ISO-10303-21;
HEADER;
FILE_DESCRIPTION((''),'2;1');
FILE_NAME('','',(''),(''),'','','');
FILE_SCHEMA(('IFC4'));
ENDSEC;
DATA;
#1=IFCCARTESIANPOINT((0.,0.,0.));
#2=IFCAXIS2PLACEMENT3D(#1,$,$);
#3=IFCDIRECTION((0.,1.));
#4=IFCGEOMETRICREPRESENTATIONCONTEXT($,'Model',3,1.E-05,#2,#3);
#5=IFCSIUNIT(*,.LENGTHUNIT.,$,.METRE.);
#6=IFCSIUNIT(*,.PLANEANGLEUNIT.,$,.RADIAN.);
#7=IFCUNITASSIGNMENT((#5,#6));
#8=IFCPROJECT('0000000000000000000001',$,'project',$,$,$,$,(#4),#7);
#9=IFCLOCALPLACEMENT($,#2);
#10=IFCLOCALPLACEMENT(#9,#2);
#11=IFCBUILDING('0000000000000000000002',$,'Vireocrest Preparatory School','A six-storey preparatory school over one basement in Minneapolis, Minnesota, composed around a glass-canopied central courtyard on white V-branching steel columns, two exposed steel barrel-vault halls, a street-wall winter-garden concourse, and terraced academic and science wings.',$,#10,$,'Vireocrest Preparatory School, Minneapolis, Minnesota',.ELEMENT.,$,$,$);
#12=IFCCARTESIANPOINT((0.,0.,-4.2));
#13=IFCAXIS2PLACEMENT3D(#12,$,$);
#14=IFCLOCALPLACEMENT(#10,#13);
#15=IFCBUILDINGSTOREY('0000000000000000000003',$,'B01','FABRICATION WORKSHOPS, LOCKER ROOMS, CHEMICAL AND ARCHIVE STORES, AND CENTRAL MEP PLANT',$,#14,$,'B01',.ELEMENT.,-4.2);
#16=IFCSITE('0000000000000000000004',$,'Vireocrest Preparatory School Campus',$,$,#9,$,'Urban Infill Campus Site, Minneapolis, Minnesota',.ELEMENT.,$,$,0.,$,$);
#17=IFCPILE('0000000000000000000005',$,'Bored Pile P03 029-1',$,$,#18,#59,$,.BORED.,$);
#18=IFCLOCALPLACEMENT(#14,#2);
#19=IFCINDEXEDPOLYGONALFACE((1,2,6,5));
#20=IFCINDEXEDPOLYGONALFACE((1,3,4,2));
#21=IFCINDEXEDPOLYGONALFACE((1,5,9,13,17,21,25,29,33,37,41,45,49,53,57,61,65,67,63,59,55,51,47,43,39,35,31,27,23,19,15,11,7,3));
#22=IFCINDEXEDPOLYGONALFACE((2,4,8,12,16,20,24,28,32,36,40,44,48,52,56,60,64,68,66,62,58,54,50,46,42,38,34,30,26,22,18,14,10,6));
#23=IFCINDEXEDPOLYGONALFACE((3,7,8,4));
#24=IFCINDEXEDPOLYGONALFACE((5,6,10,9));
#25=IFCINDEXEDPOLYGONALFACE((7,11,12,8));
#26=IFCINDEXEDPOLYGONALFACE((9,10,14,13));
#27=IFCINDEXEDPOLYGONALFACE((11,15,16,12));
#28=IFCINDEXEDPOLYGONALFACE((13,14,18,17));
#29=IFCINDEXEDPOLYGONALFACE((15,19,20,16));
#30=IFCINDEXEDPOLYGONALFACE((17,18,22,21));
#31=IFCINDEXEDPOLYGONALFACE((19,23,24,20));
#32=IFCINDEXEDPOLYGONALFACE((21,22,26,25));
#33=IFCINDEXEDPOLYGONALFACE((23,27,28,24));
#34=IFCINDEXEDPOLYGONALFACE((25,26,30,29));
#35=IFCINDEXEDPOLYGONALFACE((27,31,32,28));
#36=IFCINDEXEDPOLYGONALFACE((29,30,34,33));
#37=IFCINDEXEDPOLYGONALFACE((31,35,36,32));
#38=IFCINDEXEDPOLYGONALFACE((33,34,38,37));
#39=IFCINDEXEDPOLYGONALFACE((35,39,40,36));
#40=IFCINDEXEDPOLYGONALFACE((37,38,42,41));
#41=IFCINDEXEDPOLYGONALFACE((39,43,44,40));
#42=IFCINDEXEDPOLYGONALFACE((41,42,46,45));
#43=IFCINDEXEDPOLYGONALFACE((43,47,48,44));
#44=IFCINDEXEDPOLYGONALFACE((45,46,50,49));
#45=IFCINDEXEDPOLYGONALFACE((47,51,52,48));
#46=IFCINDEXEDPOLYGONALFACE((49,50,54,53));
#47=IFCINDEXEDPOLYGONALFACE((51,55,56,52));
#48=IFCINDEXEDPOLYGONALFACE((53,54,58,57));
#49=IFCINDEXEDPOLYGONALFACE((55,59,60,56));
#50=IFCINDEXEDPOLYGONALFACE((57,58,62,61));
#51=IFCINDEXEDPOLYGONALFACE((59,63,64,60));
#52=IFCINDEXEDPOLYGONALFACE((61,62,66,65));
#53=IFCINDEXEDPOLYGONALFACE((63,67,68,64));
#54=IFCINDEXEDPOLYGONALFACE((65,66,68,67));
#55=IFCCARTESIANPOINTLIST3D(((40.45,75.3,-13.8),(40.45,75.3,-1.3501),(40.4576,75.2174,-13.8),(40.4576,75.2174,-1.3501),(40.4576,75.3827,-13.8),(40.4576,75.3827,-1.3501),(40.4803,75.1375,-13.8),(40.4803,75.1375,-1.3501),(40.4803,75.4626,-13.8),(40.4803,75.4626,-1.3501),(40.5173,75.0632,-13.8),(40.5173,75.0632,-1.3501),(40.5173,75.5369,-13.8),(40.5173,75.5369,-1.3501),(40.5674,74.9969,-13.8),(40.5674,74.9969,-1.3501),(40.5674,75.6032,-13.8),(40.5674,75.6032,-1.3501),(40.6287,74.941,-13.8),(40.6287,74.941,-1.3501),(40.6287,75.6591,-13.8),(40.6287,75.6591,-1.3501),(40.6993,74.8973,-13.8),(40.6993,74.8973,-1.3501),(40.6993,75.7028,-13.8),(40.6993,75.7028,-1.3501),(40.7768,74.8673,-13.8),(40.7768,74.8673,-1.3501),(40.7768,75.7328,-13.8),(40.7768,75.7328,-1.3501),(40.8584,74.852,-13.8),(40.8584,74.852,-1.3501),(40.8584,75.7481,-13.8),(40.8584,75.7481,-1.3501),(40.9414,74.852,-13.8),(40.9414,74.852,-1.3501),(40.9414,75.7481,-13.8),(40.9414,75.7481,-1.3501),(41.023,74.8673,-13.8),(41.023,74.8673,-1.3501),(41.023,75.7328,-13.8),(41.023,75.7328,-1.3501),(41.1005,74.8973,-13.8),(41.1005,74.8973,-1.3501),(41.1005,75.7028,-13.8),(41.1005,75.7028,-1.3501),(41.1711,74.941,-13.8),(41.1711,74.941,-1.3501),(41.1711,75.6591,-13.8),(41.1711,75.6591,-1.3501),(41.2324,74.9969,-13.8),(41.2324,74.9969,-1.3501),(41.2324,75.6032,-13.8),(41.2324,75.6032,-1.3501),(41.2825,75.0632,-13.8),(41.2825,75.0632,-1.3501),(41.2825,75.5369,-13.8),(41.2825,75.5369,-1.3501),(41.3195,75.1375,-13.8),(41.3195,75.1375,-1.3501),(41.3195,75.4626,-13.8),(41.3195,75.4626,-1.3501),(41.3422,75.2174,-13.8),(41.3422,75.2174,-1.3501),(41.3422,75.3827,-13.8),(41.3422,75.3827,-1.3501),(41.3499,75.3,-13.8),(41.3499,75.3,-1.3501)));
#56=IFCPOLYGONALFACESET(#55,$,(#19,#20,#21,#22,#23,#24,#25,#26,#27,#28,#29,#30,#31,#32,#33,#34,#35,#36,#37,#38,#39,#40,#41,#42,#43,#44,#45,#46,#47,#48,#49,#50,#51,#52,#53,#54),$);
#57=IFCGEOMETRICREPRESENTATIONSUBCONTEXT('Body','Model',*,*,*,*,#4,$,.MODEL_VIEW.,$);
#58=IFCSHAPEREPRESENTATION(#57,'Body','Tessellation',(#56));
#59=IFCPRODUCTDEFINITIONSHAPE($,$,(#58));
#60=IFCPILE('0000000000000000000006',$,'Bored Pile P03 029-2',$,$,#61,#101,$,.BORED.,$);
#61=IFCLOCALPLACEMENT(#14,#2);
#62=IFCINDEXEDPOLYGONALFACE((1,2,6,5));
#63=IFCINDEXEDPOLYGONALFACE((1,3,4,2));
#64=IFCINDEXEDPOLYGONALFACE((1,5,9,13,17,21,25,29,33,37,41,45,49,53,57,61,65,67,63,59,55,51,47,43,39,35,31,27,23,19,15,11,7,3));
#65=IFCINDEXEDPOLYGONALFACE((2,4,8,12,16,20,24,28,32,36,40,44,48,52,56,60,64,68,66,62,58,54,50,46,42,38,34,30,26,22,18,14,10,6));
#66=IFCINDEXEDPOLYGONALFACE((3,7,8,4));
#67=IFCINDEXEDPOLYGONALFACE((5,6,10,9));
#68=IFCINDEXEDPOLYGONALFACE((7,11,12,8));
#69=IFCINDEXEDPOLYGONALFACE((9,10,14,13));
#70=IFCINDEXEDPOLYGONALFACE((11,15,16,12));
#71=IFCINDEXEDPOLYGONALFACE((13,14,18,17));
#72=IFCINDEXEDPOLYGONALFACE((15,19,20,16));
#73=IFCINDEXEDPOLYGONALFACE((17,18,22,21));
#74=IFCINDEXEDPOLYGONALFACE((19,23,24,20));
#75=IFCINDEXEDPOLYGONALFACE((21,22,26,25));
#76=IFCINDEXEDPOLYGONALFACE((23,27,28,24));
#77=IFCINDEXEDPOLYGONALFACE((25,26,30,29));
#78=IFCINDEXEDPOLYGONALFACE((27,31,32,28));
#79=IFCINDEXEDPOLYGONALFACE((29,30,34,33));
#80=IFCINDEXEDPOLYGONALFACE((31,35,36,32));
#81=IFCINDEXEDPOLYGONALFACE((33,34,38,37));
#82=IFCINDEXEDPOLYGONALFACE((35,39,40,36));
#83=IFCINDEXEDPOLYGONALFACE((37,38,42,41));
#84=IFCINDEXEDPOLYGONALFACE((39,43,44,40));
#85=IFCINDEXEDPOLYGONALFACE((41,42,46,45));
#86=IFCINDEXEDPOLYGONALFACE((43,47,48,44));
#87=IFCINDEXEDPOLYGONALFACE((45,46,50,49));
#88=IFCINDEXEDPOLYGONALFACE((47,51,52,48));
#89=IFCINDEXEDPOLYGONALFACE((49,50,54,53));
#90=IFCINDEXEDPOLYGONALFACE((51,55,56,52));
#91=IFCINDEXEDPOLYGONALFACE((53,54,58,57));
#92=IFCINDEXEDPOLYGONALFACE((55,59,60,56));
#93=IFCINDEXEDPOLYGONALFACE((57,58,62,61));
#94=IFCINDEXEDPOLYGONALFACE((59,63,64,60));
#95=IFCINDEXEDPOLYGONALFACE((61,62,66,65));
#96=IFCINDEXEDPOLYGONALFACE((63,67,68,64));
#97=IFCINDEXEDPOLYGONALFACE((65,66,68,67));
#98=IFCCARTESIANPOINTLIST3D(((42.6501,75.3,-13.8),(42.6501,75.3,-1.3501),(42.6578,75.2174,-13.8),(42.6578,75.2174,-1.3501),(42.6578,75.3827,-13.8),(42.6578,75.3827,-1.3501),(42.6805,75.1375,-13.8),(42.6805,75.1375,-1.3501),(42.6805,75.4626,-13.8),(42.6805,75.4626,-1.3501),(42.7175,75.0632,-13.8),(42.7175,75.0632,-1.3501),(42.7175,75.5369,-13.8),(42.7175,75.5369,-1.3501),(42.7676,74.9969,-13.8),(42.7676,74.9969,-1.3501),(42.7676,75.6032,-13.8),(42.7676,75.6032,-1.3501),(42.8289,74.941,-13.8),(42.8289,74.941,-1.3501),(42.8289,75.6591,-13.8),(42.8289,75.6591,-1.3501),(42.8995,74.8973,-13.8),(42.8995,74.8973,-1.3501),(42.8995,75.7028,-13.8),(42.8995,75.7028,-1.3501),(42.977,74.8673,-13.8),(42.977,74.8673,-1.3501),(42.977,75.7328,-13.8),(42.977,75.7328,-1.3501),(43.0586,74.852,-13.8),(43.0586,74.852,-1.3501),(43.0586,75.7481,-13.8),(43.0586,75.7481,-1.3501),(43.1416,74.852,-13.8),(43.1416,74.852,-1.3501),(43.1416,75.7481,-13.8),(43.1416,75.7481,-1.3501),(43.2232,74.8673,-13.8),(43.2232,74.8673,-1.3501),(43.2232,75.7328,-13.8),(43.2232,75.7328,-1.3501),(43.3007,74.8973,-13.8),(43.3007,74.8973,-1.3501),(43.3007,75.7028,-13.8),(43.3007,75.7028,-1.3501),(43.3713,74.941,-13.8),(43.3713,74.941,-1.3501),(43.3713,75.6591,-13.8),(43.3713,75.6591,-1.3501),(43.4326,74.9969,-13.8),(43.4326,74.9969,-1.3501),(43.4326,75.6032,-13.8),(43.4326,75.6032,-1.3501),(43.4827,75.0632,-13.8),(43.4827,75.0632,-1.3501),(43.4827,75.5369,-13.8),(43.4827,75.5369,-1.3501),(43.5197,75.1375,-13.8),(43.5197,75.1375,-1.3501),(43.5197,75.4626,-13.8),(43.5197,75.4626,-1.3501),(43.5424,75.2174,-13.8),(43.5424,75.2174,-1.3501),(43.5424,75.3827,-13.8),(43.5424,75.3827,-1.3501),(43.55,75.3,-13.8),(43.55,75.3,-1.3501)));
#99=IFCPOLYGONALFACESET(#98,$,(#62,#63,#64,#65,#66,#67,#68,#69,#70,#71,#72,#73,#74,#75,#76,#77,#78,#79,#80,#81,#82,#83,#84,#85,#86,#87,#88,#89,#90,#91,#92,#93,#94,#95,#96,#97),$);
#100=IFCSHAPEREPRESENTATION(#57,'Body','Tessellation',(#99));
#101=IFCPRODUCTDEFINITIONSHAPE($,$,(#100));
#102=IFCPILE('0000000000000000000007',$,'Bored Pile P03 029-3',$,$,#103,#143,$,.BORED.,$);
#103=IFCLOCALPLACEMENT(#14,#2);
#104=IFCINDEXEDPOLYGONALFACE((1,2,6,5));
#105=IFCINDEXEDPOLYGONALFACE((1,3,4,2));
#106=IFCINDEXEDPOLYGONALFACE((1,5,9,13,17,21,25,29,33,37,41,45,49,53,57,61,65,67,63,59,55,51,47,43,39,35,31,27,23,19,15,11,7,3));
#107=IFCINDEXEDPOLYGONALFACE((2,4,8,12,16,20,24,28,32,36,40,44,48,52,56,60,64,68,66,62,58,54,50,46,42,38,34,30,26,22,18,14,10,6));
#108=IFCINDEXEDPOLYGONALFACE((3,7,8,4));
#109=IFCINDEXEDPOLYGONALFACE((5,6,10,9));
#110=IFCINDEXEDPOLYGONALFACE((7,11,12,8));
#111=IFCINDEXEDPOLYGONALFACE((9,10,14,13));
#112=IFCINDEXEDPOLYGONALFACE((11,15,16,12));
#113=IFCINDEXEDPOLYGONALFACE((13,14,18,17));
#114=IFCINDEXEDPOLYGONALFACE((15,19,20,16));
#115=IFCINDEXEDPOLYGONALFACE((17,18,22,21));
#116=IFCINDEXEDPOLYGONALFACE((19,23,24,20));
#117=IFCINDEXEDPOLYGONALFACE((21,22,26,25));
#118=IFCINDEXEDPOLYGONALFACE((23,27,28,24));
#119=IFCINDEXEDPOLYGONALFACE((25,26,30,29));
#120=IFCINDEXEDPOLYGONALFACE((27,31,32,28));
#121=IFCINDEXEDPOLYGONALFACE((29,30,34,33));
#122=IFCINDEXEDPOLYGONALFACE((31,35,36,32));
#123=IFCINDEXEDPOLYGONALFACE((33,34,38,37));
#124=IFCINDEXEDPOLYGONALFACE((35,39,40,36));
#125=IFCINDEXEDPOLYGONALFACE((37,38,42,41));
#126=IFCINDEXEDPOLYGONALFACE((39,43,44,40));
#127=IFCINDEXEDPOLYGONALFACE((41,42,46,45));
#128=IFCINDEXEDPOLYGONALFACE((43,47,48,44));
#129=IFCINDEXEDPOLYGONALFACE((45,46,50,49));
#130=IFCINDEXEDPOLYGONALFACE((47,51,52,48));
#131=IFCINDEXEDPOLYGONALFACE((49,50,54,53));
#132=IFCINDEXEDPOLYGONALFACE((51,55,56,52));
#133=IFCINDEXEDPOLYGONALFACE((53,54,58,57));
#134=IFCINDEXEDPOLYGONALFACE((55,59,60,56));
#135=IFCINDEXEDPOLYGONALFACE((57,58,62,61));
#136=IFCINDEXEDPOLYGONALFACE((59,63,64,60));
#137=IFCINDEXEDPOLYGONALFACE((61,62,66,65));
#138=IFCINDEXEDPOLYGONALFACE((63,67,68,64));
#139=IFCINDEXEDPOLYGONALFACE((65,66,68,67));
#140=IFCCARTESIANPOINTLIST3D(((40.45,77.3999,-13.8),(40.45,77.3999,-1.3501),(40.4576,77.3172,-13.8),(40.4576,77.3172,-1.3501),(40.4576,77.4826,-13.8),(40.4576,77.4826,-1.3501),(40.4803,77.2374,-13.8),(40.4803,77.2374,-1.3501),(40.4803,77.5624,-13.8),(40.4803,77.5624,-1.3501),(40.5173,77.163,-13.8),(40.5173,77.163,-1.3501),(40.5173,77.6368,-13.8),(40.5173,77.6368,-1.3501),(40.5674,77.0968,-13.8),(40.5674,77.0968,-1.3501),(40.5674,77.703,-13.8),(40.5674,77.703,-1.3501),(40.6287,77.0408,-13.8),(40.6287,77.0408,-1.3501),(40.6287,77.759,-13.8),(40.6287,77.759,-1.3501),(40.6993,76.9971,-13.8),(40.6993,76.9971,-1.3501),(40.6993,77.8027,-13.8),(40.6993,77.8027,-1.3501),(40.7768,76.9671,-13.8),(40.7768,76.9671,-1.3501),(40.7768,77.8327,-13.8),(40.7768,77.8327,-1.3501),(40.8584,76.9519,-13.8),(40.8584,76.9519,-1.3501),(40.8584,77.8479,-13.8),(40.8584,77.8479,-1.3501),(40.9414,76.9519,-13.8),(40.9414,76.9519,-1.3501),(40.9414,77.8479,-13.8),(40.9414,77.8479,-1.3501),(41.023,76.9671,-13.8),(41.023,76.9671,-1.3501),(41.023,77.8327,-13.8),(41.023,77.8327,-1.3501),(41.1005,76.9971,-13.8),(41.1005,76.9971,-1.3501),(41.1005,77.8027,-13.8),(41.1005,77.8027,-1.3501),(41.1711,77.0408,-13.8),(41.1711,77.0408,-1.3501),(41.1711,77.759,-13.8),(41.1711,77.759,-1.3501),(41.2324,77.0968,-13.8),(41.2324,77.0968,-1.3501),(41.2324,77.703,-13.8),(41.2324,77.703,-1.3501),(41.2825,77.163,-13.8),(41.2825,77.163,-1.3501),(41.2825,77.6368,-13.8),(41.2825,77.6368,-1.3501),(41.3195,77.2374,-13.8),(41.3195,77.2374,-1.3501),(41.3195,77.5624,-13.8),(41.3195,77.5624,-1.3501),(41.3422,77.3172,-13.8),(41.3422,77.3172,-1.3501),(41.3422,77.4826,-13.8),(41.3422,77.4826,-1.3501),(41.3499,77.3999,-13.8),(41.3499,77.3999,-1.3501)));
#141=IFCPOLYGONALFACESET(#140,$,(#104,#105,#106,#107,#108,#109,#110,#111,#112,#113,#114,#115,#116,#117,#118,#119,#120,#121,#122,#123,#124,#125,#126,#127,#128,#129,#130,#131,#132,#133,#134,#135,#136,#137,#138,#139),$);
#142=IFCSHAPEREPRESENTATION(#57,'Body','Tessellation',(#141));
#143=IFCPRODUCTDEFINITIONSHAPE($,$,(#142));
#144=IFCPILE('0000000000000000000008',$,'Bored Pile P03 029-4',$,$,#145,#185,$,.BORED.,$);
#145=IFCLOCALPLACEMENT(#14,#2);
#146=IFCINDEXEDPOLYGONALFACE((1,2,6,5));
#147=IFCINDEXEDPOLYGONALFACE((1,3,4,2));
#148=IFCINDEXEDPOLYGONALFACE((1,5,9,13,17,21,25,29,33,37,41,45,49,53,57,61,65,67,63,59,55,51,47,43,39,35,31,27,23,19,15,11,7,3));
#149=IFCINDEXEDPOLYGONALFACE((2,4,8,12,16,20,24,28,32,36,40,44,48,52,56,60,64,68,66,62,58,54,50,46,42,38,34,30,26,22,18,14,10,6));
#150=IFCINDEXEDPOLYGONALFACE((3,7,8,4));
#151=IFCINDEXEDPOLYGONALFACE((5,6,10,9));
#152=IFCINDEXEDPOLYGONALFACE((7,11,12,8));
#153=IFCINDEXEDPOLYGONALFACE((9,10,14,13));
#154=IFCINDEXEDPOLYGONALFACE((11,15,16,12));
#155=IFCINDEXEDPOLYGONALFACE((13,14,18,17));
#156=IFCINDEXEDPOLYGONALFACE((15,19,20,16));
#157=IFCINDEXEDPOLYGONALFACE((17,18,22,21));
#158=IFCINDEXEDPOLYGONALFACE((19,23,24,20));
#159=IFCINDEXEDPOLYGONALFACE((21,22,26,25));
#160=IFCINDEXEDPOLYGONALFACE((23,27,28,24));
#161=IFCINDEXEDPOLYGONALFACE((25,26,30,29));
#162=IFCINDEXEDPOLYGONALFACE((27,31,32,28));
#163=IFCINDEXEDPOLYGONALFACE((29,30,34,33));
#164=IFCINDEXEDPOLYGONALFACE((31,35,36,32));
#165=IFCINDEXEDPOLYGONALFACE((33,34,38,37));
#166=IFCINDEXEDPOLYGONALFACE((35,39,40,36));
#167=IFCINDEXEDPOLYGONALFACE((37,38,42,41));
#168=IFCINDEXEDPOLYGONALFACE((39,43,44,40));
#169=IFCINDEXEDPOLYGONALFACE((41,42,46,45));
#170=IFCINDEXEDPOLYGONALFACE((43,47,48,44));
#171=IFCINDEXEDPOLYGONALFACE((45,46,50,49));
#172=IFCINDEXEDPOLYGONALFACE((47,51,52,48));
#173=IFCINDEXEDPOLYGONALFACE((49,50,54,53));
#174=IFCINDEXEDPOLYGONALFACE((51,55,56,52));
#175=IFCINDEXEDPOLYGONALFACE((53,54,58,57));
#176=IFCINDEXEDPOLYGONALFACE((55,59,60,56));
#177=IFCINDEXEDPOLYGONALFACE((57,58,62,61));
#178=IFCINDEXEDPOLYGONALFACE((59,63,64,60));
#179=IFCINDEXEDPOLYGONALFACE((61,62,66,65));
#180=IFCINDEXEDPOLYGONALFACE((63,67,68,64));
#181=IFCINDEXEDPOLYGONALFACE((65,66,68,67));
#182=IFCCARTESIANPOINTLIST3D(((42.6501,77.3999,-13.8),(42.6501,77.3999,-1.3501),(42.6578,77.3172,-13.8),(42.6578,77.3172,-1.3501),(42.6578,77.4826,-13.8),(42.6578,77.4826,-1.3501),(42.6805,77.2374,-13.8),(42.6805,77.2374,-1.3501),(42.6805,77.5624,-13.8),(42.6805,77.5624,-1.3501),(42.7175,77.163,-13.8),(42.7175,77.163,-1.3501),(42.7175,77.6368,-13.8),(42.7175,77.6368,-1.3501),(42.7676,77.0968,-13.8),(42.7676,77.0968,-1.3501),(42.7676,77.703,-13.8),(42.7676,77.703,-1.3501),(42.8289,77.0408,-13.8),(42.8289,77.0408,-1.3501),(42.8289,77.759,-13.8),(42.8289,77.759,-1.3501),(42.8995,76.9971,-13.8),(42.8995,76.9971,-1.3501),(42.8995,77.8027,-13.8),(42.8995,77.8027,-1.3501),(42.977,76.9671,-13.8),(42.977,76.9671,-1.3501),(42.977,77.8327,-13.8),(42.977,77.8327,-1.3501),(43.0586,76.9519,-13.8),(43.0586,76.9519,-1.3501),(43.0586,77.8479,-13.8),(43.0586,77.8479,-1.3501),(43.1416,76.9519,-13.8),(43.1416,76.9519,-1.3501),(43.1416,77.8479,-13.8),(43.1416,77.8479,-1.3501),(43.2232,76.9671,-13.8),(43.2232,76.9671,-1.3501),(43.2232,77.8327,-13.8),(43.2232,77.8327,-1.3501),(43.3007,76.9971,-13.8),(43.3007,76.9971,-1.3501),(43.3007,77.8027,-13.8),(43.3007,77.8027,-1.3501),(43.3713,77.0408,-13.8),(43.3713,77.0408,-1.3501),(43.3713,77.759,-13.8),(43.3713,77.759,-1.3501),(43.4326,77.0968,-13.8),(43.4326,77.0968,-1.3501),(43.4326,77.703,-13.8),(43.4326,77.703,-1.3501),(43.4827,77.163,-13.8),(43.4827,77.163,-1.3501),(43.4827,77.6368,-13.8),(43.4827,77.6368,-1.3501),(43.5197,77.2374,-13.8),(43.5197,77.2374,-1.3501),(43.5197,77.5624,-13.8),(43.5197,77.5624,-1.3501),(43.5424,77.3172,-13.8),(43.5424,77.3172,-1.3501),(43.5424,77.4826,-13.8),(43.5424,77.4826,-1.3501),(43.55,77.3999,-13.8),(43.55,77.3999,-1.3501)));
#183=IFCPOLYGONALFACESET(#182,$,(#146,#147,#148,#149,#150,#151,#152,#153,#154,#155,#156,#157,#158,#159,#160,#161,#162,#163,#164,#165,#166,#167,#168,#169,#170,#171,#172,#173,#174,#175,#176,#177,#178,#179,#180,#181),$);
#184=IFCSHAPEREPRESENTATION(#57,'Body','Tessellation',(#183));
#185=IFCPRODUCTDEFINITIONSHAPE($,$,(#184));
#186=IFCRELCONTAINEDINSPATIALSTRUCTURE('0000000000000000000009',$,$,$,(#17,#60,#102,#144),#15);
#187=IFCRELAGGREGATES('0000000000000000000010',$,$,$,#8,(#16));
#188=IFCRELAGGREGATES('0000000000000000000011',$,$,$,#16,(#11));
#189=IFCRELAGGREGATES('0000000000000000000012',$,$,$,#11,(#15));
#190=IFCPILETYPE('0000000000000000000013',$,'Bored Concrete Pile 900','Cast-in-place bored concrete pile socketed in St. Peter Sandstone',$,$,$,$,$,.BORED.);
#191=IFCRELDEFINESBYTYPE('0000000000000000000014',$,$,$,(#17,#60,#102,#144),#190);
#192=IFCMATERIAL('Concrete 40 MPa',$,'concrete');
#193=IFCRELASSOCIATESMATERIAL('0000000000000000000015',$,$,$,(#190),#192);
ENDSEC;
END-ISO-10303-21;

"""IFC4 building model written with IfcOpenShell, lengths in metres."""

from ifc_helpers import new_model, si_unit, direction, frame, origin, origin_2d, place, context, subcontext, project, spatial, circle, extrude, material, material_profile, profile_set, type_object, element, save


model = new_model("IFC4")

# Units and contexts
model_context = context("Model", 3, precision=1e-05, world=origin(), true_north=direction((0.0, 1.0)))
body_context = subcontext(model_context, "Body", "Model", "MODEL_VIEW")
ifc_project = project(units=[si_unit("LENGTHUNIT", "METRE"), si_unit("PLANEANGLEUNIT", "RADIAN")], contexts=[model_context])

# Site, building, storey
site_placement = place(None, origin())
site = spatial("IfcSite", under=ifc_project, at=site_placement, Name="Vireocrest Preparatory School Campus", LongName="Urban Infill Campus Site, Minneapolis, Minnesota", CompositionType="ELEMENT", RefElevation=0.0)
building_placement = place(site_placement, origin())
building = spatial("IfcBuilding", under=site, at=building_placement, Name="Vireocrest Preparatory School", Description="A six-storey preparatory school over one basement in Minneapolis, Minnesota, composed around a glass-canopied central courtyard on white V-branching steel columns, two exposed steel barrel-vault halls, a street-wall winter-garden concourse, and terraced academic and science wings.", LongName="Vireocrest Preparatory School, Minneapolis, Minnesota", CompositionType="ELEMENT")
storey_placement = place(building_placement, frame((0.0, 0.0, -4.2)))
storey = spatial("IfcBuildingStorey", under=building, at=storey_placement, Name="B01", Description="FABRICATION WORKSHOPS, LOCKER ROOMS, CHEMICAL AND ARCHIVE STORES, AND CENTRAL MEP PLANT", LongName="B01", CompositionType="ELEMENT", Elevation=-4.2)

# Piles
ifc_material_1 = material(Name="Concrete 40 MPa", Category="concrete")
ifc_material_profile_1 = material_profile(ifc_material_1, circle(Radius=0.45, at=origin_2d()), Name="BORED PILE 900")
ifc_profile_set_1 = profile_set([ifc_material_profile_1], Name="Concrete 40 MPa")
pile_type = type_object("IfcPileType", Name="Bored Concrete Pile 900", Description="Cast-in-place bored concrete pile socketed in St. Peter Sandstone", PredefinedType="BORED", material=ifc_profile_set_1)
for number, where, z_axis, x_axis, name in (
    (1, (40.8999, 75.3, -1.3501), (0.0, 0.0, -1.0), (1.0, 0.0, 0.0), "Bored Pile P03 029-1"),
    (2, (43.1001, 75.3, -1.3501), (0.0, 0.0, -1.0), (1.0, 0.0, 0.0), "Bored Pile P03 029-2"),
    (3, (40.8999, 77.3999, -1.3501), (0.0, 0.0, -1.0), (1.0, 0.0, 0.0), "Bored Pile P03 029-3"),
    (4, (43.1001, 77.3999, -1.3501), (0.0, 0.0, -1.0), (1.0, 0.0, 0.0), "Bored Pile P03 029-4"),
):
    element("IfcPile", number, at=place(storey_placement, frame(where, z_axis=z_axis, x_axis=x_axis)), inside=storey, type_object=pile_type, Name=name, PredefinedType="BORED", context=body_context, shape_type="SweptSolid", body=[
        extrude(circle(Radius=0.45, at=origin_2d()), origin(), (0.0, 0.0, 1.0), 12.45),
    ])

save(model, "model.ifc")
